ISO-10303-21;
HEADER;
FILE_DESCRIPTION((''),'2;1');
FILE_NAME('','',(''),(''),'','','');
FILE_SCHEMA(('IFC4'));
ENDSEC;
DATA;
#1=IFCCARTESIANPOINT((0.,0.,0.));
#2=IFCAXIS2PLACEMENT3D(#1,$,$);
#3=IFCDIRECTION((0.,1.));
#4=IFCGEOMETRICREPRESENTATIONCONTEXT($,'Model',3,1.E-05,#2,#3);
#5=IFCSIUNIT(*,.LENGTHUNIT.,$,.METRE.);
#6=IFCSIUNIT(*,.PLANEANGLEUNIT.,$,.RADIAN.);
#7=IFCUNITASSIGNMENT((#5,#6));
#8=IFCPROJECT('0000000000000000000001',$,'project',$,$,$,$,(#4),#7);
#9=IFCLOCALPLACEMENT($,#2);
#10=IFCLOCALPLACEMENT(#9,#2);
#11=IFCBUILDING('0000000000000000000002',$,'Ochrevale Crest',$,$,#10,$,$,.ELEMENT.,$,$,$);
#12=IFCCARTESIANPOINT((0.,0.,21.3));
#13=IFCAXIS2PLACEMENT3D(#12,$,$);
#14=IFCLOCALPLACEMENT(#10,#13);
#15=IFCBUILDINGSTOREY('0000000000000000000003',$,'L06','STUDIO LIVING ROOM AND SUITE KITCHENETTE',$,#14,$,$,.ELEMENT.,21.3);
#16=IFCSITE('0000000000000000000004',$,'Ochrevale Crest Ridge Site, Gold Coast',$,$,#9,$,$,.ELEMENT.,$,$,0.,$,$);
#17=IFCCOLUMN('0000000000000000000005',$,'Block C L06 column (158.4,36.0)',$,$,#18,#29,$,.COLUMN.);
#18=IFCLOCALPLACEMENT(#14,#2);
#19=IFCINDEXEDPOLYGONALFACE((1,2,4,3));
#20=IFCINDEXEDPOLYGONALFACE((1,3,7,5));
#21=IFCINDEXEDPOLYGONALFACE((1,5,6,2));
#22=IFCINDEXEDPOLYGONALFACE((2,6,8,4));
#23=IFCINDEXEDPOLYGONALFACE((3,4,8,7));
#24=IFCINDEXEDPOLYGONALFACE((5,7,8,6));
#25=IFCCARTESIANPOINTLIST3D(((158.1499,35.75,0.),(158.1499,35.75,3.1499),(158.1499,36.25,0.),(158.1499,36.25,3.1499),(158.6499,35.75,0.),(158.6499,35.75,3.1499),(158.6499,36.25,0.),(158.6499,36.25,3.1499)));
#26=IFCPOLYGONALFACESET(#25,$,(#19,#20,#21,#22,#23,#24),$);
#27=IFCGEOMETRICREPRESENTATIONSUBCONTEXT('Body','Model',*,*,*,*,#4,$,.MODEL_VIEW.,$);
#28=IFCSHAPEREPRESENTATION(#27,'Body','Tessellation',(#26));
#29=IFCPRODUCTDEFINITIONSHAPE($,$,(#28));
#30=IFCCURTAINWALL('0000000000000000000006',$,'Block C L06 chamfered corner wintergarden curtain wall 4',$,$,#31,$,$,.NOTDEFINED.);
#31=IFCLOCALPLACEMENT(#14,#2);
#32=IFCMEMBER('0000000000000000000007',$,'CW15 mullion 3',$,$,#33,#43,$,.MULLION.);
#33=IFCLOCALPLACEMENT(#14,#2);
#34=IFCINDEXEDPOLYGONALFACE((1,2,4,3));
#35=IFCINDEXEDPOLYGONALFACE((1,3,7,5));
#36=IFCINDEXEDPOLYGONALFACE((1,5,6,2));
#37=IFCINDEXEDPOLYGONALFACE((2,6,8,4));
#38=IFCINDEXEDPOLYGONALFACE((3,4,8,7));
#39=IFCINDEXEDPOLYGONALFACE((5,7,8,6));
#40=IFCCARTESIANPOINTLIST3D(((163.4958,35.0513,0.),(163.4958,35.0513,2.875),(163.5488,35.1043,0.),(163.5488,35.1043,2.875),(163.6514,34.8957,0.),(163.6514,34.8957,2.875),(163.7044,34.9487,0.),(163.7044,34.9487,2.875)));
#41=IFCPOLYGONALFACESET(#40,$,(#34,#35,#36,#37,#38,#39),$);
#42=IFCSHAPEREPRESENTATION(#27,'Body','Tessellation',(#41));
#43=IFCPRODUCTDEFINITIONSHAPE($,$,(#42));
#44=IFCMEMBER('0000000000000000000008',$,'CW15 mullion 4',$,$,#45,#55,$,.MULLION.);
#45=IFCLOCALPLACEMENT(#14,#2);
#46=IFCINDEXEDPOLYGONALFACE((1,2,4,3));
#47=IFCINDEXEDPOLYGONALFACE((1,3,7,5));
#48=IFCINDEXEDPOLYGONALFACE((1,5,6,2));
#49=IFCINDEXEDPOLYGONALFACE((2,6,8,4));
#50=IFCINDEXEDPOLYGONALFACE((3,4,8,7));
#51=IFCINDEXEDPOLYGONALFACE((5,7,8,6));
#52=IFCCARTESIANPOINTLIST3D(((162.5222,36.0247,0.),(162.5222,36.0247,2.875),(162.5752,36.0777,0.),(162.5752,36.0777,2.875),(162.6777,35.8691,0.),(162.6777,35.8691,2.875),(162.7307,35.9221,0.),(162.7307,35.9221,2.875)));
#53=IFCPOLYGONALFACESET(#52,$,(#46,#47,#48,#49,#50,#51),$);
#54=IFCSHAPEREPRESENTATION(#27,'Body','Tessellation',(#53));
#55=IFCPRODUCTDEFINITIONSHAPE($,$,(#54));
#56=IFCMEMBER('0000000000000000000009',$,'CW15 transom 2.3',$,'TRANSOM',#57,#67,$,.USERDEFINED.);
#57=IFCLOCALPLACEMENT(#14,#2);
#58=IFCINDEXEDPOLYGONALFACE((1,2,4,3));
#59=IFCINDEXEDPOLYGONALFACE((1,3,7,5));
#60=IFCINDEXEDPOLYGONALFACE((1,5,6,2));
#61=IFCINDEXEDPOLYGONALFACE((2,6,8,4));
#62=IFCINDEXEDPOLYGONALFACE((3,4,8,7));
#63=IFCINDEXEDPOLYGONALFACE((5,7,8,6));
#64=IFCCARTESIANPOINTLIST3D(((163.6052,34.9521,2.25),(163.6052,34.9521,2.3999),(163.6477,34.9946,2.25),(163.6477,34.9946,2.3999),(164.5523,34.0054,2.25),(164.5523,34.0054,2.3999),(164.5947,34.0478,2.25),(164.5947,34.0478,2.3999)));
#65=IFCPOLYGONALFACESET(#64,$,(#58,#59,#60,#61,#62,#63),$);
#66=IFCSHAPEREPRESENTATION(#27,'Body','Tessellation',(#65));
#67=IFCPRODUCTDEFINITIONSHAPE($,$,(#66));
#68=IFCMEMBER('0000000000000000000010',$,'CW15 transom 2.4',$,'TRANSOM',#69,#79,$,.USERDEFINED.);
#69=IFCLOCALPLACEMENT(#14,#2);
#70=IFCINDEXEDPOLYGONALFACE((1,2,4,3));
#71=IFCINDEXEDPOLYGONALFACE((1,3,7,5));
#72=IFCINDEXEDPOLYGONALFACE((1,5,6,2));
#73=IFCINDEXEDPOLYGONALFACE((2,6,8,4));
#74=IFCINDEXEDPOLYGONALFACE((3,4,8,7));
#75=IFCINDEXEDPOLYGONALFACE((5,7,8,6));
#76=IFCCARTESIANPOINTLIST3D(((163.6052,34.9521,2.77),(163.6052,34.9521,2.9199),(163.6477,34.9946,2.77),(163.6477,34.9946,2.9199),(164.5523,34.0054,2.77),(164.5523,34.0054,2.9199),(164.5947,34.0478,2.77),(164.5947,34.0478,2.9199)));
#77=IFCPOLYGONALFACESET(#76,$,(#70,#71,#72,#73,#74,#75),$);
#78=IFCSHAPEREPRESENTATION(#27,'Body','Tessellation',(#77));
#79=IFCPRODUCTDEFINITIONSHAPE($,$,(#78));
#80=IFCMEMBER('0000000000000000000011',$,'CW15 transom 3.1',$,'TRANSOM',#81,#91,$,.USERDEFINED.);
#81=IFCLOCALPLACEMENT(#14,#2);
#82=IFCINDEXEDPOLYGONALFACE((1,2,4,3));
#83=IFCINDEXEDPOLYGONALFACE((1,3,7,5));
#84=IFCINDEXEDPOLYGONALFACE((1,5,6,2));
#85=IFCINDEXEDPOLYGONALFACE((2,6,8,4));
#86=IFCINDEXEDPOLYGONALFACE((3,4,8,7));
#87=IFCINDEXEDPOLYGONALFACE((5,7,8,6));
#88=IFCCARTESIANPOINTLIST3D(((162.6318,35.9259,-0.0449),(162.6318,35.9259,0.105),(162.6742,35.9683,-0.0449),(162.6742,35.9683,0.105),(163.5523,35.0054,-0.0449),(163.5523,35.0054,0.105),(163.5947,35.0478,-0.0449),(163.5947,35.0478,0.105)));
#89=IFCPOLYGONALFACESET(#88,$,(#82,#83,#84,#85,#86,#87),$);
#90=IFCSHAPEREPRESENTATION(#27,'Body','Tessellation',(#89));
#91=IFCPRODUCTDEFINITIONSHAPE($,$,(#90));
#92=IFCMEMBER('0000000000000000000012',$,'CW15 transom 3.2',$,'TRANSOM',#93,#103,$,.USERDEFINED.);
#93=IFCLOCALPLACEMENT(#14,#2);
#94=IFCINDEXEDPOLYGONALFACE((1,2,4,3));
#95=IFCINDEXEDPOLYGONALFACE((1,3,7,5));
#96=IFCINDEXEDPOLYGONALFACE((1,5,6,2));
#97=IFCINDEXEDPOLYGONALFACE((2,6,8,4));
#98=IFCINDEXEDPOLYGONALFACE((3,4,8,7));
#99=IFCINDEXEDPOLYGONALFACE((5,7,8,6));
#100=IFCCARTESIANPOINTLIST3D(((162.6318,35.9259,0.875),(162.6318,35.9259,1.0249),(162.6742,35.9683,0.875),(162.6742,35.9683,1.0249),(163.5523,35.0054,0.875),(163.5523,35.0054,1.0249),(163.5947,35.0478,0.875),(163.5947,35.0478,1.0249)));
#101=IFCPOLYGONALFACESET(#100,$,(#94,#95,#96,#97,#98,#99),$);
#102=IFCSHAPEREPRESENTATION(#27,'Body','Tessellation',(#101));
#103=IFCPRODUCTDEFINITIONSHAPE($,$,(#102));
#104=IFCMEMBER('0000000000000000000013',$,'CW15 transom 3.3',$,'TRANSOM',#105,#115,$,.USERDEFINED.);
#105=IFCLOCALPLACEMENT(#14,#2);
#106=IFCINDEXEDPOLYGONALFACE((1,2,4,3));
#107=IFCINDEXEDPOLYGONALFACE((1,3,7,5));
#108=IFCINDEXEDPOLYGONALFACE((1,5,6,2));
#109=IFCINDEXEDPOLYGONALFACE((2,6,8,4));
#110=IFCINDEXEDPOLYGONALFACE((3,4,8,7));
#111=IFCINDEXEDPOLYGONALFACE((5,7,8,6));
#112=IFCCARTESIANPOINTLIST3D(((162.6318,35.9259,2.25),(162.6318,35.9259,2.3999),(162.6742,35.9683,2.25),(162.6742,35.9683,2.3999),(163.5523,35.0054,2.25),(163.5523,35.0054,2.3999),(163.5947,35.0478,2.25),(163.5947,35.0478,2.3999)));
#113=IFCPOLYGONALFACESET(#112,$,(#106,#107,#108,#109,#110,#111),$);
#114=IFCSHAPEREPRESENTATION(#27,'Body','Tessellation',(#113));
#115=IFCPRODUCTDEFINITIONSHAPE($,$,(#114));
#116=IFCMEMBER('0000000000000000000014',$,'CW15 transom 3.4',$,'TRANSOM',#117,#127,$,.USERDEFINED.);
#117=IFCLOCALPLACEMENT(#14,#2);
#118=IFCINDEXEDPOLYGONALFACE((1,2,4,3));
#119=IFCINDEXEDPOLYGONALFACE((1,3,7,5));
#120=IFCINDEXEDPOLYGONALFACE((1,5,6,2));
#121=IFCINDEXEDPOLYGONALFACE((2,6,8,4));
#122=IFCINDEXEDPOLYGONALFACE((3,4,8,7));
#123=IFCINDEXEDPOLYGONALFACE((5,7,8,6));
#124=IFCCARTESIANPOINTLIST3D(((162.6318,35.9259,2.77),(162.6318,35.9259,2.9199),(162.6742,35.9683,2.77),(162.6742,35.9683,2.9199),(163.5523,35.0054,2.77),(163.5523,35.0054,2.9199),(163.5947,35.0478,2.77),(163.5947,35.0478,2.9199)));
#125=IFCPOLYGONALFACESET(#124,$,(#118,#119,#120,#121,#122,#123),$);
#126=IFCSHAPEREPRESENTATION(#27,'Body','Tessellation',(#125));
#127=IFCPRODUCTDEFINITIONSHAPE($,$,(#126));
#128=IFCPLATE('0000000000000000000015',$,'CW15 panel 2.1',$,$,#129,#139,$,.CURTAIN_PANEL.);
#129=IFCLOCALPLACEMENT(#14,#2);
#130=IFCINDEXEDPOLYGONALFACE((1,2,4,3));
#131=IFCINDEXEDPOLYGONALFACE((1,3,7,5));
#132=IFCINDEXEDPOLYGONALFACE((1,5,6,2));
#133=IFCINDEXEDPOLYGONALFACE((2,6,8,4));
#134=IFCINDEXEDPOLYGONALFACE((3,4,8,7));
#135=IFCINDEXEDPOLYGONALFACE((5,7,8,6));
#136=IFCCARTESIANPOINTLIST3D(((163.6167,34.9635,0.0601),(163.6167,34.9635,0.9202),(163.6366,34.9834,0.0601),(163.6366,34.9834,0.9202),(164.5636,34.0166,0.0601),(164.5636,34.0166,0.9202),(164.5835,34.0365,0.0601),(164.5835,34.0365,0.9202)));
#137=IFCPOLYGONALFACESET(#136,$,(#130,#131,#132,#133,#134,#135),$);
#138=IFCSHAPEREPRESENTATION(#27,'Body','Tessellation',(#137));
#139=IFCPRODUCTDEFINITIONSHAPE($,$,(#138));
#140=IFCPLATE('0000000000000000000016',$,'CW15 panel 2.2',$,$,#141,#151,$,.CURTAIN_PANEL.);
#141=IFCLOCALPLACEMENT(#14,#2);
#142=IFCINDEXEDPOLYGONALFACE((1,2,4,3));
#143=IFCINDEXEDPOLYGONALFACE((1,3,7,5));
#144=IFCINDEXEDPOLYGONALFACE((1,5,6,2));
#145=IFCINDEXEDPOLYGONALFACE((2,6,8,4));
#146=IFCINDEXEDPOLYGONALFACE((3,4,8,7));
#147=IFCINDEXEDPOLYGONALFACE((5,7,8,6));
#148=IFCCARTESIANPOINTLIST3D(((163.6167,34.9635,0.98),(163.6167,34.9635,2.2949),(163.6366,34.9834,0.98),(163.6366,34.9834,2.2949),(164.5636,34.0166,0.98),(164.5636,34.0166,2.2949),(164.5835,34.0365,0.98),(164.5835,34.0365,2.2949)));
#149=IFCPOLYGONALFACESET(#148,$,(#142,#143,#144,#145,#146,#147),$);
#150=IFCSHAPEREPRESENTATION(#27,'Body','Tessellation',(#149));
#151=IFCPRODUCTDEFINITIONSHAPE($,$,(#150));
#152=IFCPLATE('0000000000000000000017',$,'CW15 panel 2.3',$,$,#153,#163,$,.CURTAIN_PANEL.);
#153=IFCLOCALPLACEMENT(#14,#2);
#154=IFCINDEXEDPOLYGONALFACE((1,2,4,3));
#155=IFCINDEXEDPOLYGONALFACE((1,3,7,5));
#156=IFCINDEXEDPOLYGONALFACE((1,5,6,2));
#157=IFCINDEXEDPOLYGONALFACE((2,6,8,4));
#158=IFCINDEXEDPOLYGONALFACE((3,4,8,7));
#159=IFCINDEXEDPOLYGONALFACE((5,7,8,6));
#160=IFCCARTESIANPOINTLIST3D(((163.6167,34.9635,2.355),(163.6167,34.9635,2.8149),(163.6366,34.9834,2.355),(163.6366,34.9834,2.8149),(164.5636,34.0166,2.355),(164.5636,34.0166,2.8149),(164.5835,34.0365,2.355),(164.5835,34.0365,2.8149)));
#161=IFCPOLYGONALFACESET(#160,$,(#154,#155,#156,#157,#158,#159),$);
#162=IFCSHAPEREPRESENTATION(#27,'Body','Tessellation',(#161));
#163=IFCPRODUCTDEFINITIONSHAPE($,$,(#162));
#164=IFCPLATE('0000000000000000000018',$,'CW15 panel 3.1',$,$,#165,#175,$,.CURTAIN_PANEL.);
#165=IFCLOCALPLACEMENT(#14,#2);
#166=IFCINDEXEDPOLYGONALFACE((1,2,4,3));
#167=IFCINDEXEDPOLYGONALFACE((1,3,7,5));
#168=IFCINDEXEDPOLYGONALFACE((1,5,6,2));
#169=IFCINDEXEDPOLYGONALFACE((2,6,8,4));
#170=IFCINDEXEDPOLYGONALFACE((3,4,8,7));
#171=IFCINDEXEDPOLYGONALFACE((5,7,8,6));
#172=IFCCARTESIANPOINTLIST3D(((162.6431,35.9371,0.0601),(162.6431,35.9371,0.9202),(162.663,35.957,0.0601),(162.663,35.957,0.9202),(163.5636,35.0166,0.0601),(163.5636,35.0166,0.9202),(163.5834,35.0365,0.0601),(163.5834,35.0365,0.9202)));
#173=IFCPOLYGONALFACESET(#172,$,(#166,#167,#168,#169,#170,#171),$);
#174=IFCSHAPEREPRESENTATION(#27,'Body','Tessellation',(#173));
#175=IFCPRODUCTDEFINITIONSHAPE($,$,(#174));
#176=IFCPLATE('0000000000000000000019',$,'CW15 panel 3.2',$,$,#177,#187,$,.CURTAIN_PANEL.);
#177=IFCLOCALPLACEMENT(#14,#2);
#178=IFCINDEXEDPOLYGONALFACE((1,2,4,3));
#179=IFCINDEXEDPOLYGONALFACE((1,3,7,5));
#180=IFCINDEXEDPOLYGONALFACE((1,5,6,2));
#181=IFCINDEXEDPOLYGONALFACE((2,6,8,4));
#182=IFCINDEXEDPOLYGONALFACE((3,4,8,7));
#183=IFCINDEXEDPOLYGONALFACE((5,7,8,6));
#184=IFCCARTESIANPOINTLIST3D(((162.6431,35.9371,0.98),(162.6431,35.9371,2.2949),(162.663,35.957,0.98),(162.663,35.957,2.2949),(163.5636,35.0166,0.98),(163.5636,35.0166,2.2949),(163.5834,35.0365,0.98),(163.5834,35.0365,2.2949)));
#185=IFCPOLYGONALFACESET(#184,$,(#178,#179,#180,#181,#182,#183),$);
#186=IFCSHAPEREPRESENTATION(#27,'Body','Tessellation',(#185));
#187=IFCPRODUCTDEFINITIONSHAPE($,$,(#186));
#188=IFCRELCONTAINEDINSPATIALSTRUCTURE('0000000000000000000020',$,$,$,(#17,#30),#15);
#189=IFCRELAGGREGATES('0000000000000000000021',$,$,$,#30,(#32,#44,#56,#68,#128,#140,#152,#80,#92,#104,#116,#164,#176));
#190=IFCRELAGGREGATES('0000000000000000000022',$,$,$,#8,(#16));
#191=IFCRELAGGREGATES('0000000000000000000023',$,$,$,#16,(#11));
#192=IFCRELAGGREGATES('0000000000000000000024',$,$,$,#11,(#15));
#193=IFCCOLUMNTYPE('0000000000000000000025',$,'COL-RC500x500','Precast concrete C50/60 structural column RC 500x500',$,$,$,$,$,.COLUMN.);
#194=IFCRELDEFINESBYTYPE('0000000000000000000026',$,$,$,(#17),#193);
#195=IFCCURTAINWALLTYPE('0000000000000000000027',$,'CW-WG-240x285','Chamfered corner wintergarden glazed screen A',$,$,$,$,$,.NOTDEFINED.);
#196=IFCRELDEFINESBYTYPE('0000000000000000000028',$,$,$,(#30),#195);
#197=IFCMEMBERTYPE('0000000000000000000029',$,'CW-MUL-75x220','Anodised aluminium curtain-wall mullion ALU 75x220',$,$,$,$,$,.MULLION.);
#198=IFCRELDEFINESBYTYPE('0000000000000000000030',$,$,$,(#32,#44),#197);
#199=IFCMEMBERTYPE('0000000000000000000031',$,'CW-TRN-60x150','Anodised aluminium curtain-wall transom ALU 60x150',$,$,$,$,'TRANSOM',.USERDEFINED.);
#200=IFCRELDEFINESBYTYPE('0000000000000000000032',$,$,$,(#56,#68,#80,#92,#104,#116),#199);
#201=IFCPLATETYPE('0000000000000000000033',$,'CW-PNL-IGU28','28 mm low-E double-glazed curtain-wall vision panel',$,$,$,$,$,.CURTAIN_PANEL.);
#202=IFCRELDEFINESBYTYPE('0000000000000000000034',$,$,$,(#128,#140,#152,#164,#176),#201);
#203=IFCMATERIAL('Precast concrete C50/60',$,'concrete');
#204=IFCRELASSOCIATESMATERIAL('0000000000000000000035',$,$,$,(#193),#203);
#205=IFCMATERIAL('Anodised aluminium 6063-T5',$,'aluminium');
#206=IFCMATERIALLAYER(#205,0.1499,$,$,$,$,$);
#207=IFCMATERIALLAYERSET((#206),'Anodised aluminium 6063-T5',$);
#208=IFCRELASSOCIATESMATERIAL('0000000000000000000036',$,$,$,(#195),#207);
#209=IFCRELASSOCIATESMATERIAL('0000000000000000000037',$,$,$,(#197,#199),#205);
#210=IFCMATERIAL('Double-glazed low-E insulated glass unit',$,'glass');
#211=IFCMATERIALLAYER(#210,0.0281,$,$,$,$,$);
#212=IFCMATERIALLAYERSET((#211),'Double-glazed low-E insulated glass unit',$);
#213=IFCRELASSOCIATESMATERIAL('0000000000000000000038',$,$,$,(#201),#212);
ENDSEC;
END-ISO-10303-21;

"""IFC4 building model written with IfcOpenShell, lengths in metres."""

from ifc_helpers import new_model, si_unit, direction, frame, origin, origin_2d, place, context, subcontext, project, spatial, rectangle, extrude, material, layer, layer_set, material_profile, profile_set, type_object, element, aggregate, save


model = new_model("IFC4")

# Units and contexts
model_context = context("Model", 3, precision=1e-05, world=origin(), true_north=direction((0.0, 1.0)))
body_context = subcontext(model_context, "Body", "Model", "MODEL_VIEW")
ifc_project = project(units=[si_unit("LENGTHUNIT", "METRE"), si_unit("PLANEANGLEUNIT", "RADIAN")], contexts=[model_context])

# Site, building, storey
site_placement = place(None, origin())
site = spatial("IfcSite", under=ifc_project, at=site_placement, Name="Ochrevale Crest Ridge Site, Gold Coast", CompositionType="ELEMENT", RefElevation=0.0)
building_placement = place(site_placement, origin())
building = spatial("IfcBuilding", under=site, at=building_placement, Name="Ochrevale Crest", CompositionType="ELEMENT")
storey_placement = place(building_placement, frame((0.0, 0.0, 21.3)))
storey = spatial("IfcBuildingStorey", under=building, at=storey_placement, Name="L06", Description="STUDIO LIVING ROOM AND SUITE KITCHENETTE", CompositionType="ELEMENT", Elevation=21.3)

# Column
ifc_material_1 = material(Name="Precast concrete C50/60", Category="concrete")
ifc_material_profile_1 = material_profile(ifc_material_1, rectangle(XDim=0.5, YDim=0.5, at=origin_2d()), Name="RC 500x500")
ifc_profile_set_1 = profile_set([ifc_material_profile_1], Name="Precast concrete C50/60")
column_type = type_object("IfcColumnType", Name="COL-RC500x500", Description="Precast concrete C50/60 structural column RC 500x500", PredefinedType="COLUMN", material=ifc_profile_set_1)
column_placement = place(storey_placement, frame((158.3999, 36.0, 0.0), z_axis=(0.0, 0.0, 1.0), x_axis=(1.0, 0.0, 0.0)))
element("IfcColumn", 1, at=column_placement, inside=storey, type_object=column_type, Name="Block C L06 column (158.4,36.0)", PredefinedType="COLUMN", context=body_context, shape_type="SweptSolid", body=[
    extrude(rectangle(XDim=0.5, YDim=0.5, at=origin_2d()), origin(), (0.0, 0.0, 1.0), 3.1499),
])

# Curtain wall, members, plates
ifc_material_2 = material(Name="Anodised aluminium 6063-T5", Category="aluminium")
ifc_layer_1 = layer(ifc_material_2, 0.1499)
ifc_layer_set_1 = layer_set([ifc_layer_1], Name="Anodised aluminium 6063-T5")
curtain_wall_type = type_object("IfcCurtainWallType", Name="CW-WG-240x285", Description="Chamfered corner wintergarden glazed screen A", PredefinedType="NOTDEFINED", material=ifc_layer_set_1)
curtain_wall_placement = place(storey_placement, origin())
curtain_wall = element("IfcCurtainWall", 2, at=curtain_wall_placement, inside=storey, type_object=curtain_wall_type, Name="Block C L06 chamfered corner wintergarden curtain wall 4", PredefinedType="NOTDEFINED")
ifc_material_profile_2 = material_profile(ifc_material_2, rectangle(XDim=0.075, YDim=0.22, at=origin_2d()), Name="ALU 75x220")
ifc_profile_set_2 = profile_set([ifc_material_profile_2], Name="Anodised aluminium 6063-T5")
member_type_1 = type_object("IfcMemberType", Name="CW-MUL-75x220", Description="Anodised aluminium curtain-wall mullion ALU 75x220", PredefinedType="MULLION", material=ifc_profile_set_2)
member_1_placement = place(storey_placement, frame((163.6001, 35.0, 0.0), z_axis=(0.0, 0.0, 1.0), x_axis=(-0.707107, -0.707107, 0.0)))
member_1 = element("IfcMember", 3, at=member_1_placement, type_object=member_type_1, Name="CW15 mullion 3", PredefinedType="MULLION", context=body_context, shape_type="SweptSolid", body=[
    extrude(rectangle(XDim=0.075, YDim=0.22, at=origin_2d()), origin(), (0.0, 0.0, 1.0), 2.875),
])
member_2_placement = place(storey_placement, frame((162.6265, 35.9734, 0.0), z_axis=(0.0, 0.0, 1.0), x_axis=(-0.707107, -0.707107, 0.0)))
member_2 = element("IfcMember", 4, at=member_2_placement, type_object=member_type_1, Name="CW15 mullion 4", PredefinedType="MULLION", context=body_context, shape_type="SweptSolid", body=[
    extrude(rectangle(XDim=0.075, YDim=0.22, at=origin_2d()), origin(), (0.0, 0.0, 1.0), 2.875),
])
ifc_material_profile_3 = material_profile(ifc_material_2, rectangle(XDim=0.0601, YDim=0.1499, at=origin_2d()), Name="ALU 60x150")
ifc_profile_set_3 = profile_set([ifc_material_profile_3], Name="Anodised aluminium 6063-T5")
member_type_2 = type_object("IfcMemberType", Name="CW-TRN-60x150", Description="Anodised aluminium curtain-wall transom ALU 60x150", ElementType="TRANSOM", PredefinedType="USERDEFINED", material=ifc_profile_set_3)
member_3_placement = place(storey_placement, frame((164.5735, 34.0266, 2.325), z_axis=(-0.707198, 0.707016, 0.0), x_axis=(-0.707016, -0.707198, 0.0)))
member_3 = element("IfcMember", 5, at=member_3_placement, type_object=member_type_2, Name="CW15 transom 2.3", ObjectType="TRANSOM", PredefinedType="USERDEFINED", context=body_context, shape_type="SweptSolid", body=[
    extrude(rectangle(XDim=0.0601, YDim=0.1499, at=origin_2d()), origin(), (0.0, 0.0, 1.0), 1.3391),
])
member_4_placement = place(storey_placement, frame((164.5735, 34.0266, 2.845), z_axis=(-0.707198, 0.707016, 0.0), x_axis=(-0.707016, -0.707198, 0.0)))
member_4 = element("IfcMember", 6, at=member_4_placement, type_object=member_type_2, Name="CW15 transom 2.4", ObjectType="TRANSOM", PredefinedType="USERDEFINED", context=body_context, shape_type="SweptSolid", body=[
    extrude(rectangle(XDim=0.0601, YDim=0.1499, at=origin_2d()), origin(), (0.0, 0.0, 1.0), 1.3391),
])
member_5_placement = place(storey_placement, frame((163.5735, 35.0266, 0.03), z_axis=(-0.707107, 0.707107, 0.0), x_axis=(-0.707107, -0.707107, 0.0)))
member_5 = element("IfcMember", 7, at=member_5_placement, type_object=member_type_2, Name="CW15 transom 3.1", ObjectType="TRANSOM", PredefinedType="USERDEFINED", context=body_context, shape_type="SweptSolid", body=[
    extrude(rectangle(XDim=0.0601, YDim=0.1499, at=origin_2d()), origin(), (0.0, 0.0, 1.0), 1.3018),
])
member_6_placement = place(storey_placement, frame((163.5735, 35.0266, 0.95), z_axis=(-0.707107, 0.707107, 0.0), x_axis=(-0.707107, -0.707107, 0.0)))
member_6 = element("IfcMember", 8, at=member_6_placement, type_object=member_type_2, Name="CW15 transom 3.2", ObjectType="TRANSOM", PredefinedType="USERDEFINED", context=body_context, shape_type="SweptSolid", body=[
    extrude(rectangle(XDim=0.0601, YDim=0.1499, at=origin_2d()), origin(), (0.0, 0.0, 1.0), 1.3018),
])
member_7_placement = place(storey_placement, frame((163.5735, 35.0266, 2.325), z_axis=(-0.707107, 0.707107, 0.0), x_axis=(-0.707107, -0.707107, 0.0)))
member_7 = element("IfcMember", 9, at=member_7_placement, type_object=member_type_2, Name="CW15 transom 3.3", ObjectType="TRANSOM", PredefinedType="USERDEFINED", context=body_context, shape_type="SweptSolid", body=[
    extrude(rectangle(XDim=0.0601, YDim=0.1499, at=origin_2d()), origin(), (0.0, 0.0, 1.0), 1.3018),
])
member_8_placement = place(storey_placement, frame((163.5735, 35.0266, 2.845), z_axis=(-0.707107, 0.707107, 0.0), x_axis=(-0.707107, -0.707107, 0.0)))
member_8 = element("IfcMember", 10, at=member_8_placement, type_object=member_type_2, Name="CW15 transom 3.4", ObjectType="TRANSOM", PredefinedType="USERDEFINED", context=body_context, shape_type="SweptSolid", body=[
    extrude(rectangle(XDim=0.0601, YDim=0.1499, at=origin_2d()), origin(), (0.0, 0.0, 1.0), 1.3018),
])
ifc_material_3 = material(Name="Double-glazed low-E insulated glass unit", Category="glass")
ifc_layer_2 = layer(ifc_material_3, 0.0281)
ifc_layer_set_2 = layer_set([ifc_layer_2], Name="Double-glazed low-E insulated glass unit")
plate_type_1 = type_object("IfcPlateType", Name="CW-PNL-IGU28", Description="28 mm low-E double-glazed curtain-wall vision panel", PredefinedType="CURTAIN_PANEL", material=ifc_layer_set_2)
plate_1_placement = place(storey_placement, frame((164.1001, 34.5, 0.0601), z_axis=(0.0, 0.0, 1.0), x_axis=(-0.707107, 0.707107, 0.0)))
plate_1 = element("IfcPlate", 11, at=plate_1_placement, type_object=plate_type_1, Name="CW15 panel 2.1", PredefinedType="CURTAIN_PANEL", context=body_context, shape_type="SweptSolid", body=[
    extrude(rectangle(XDim=1.3391, YDim=0.0281, at=origin_2d()), origin(), (0.0, 0.0, 1.0), 0.8601),
])
plate_2_placement = place(storey_placement, frame((164.1001, 34.5, 0.98), z_axis=(0.0, 0.0, 1.0), x_axis=(-0.707107, 0.707107, 0.0)))
plate_2 = element("IfcPlate", 12, at=plate_2_placement, type_object=plate_type_1, Name="CW15 panel 2.2", PredefinedType="CURTAIN_PANEL", context=body_context, shape_type="SweptSolid", body=[
    extrude(rectangle(XDim=1.3391, YDim=0.0281, at=origin_2d()), origin(), (0.0, 0.0, 1.0), 1.3149),
])
plate_3_placement = place(storey_placement, frame((164.1001, 34.5, 2.355), z_axis=(0.0, 0.0, 1.0), x_axis=(-0.707107, 0.707107, 0.0)))
plate_3 = element("IfcPlate", 13, at=plate_3_placement, type_object=plate_type_1, Name="CW15 panel 2.3", PredefinedType="CURTAIN_PANEL", context=body_context, shape_type="SweptSolid", body=[
    extrude(rectangle(XDim=1.3391, YDim=0.0281, at=origin_2d()), origin(), (0.0, 0.0, 1.0), 0.46),
])
plate_4_placement = place(storey_placement, frame((163.1133, 35.4868, 0.0601), z_axis=(0.0, 0.0, 1.0), x_axis=(-0.707107, 0.707107, 0.0)))
plate_4 = element("IfcPlate", 14, at=plate_4_placement, type_object=plate_type_1, Name="CW15 panel 3.1", PredefinedType="CURTAIN_PANEL", context=body_context, shape_type="SweptSolid", body=[
    extrude(rectangle(XDim=1.3018, YDim=0.0281, at=origin_2d()), origin(), (0.0, 0.0, 1.0), 0.8601),
])
plate_5_placement = place(storey_placement, frame((163.1133, 35.4868, 0.98), z_axis=(0.0, 0.0, 1.0), x_axis=(-0.707107, 0.707107, 0.0)))
plate_5 = element("IfcPlate", 15, at=plate_5_placement, type_object=plate_type_1, Name="CW15 panel 3.2", PredefinedType="CURTAIN_PANEL", context=body_context, shape_type="SweptSolid", body=[
    extrude(rectangle(XDim=1.3018, YDim=0.0281, at=origin_2d()), origin(), (0.0, 0.0, 1.0), 1.3149),
])
aggregate(curtain_wall, [member_1, member_2, member_3, member_4, plate_1, plate_2, plate_3, member_5, member_6, member_7, member_8, plate_4, plate_5])

save(model, "model.ifc")
